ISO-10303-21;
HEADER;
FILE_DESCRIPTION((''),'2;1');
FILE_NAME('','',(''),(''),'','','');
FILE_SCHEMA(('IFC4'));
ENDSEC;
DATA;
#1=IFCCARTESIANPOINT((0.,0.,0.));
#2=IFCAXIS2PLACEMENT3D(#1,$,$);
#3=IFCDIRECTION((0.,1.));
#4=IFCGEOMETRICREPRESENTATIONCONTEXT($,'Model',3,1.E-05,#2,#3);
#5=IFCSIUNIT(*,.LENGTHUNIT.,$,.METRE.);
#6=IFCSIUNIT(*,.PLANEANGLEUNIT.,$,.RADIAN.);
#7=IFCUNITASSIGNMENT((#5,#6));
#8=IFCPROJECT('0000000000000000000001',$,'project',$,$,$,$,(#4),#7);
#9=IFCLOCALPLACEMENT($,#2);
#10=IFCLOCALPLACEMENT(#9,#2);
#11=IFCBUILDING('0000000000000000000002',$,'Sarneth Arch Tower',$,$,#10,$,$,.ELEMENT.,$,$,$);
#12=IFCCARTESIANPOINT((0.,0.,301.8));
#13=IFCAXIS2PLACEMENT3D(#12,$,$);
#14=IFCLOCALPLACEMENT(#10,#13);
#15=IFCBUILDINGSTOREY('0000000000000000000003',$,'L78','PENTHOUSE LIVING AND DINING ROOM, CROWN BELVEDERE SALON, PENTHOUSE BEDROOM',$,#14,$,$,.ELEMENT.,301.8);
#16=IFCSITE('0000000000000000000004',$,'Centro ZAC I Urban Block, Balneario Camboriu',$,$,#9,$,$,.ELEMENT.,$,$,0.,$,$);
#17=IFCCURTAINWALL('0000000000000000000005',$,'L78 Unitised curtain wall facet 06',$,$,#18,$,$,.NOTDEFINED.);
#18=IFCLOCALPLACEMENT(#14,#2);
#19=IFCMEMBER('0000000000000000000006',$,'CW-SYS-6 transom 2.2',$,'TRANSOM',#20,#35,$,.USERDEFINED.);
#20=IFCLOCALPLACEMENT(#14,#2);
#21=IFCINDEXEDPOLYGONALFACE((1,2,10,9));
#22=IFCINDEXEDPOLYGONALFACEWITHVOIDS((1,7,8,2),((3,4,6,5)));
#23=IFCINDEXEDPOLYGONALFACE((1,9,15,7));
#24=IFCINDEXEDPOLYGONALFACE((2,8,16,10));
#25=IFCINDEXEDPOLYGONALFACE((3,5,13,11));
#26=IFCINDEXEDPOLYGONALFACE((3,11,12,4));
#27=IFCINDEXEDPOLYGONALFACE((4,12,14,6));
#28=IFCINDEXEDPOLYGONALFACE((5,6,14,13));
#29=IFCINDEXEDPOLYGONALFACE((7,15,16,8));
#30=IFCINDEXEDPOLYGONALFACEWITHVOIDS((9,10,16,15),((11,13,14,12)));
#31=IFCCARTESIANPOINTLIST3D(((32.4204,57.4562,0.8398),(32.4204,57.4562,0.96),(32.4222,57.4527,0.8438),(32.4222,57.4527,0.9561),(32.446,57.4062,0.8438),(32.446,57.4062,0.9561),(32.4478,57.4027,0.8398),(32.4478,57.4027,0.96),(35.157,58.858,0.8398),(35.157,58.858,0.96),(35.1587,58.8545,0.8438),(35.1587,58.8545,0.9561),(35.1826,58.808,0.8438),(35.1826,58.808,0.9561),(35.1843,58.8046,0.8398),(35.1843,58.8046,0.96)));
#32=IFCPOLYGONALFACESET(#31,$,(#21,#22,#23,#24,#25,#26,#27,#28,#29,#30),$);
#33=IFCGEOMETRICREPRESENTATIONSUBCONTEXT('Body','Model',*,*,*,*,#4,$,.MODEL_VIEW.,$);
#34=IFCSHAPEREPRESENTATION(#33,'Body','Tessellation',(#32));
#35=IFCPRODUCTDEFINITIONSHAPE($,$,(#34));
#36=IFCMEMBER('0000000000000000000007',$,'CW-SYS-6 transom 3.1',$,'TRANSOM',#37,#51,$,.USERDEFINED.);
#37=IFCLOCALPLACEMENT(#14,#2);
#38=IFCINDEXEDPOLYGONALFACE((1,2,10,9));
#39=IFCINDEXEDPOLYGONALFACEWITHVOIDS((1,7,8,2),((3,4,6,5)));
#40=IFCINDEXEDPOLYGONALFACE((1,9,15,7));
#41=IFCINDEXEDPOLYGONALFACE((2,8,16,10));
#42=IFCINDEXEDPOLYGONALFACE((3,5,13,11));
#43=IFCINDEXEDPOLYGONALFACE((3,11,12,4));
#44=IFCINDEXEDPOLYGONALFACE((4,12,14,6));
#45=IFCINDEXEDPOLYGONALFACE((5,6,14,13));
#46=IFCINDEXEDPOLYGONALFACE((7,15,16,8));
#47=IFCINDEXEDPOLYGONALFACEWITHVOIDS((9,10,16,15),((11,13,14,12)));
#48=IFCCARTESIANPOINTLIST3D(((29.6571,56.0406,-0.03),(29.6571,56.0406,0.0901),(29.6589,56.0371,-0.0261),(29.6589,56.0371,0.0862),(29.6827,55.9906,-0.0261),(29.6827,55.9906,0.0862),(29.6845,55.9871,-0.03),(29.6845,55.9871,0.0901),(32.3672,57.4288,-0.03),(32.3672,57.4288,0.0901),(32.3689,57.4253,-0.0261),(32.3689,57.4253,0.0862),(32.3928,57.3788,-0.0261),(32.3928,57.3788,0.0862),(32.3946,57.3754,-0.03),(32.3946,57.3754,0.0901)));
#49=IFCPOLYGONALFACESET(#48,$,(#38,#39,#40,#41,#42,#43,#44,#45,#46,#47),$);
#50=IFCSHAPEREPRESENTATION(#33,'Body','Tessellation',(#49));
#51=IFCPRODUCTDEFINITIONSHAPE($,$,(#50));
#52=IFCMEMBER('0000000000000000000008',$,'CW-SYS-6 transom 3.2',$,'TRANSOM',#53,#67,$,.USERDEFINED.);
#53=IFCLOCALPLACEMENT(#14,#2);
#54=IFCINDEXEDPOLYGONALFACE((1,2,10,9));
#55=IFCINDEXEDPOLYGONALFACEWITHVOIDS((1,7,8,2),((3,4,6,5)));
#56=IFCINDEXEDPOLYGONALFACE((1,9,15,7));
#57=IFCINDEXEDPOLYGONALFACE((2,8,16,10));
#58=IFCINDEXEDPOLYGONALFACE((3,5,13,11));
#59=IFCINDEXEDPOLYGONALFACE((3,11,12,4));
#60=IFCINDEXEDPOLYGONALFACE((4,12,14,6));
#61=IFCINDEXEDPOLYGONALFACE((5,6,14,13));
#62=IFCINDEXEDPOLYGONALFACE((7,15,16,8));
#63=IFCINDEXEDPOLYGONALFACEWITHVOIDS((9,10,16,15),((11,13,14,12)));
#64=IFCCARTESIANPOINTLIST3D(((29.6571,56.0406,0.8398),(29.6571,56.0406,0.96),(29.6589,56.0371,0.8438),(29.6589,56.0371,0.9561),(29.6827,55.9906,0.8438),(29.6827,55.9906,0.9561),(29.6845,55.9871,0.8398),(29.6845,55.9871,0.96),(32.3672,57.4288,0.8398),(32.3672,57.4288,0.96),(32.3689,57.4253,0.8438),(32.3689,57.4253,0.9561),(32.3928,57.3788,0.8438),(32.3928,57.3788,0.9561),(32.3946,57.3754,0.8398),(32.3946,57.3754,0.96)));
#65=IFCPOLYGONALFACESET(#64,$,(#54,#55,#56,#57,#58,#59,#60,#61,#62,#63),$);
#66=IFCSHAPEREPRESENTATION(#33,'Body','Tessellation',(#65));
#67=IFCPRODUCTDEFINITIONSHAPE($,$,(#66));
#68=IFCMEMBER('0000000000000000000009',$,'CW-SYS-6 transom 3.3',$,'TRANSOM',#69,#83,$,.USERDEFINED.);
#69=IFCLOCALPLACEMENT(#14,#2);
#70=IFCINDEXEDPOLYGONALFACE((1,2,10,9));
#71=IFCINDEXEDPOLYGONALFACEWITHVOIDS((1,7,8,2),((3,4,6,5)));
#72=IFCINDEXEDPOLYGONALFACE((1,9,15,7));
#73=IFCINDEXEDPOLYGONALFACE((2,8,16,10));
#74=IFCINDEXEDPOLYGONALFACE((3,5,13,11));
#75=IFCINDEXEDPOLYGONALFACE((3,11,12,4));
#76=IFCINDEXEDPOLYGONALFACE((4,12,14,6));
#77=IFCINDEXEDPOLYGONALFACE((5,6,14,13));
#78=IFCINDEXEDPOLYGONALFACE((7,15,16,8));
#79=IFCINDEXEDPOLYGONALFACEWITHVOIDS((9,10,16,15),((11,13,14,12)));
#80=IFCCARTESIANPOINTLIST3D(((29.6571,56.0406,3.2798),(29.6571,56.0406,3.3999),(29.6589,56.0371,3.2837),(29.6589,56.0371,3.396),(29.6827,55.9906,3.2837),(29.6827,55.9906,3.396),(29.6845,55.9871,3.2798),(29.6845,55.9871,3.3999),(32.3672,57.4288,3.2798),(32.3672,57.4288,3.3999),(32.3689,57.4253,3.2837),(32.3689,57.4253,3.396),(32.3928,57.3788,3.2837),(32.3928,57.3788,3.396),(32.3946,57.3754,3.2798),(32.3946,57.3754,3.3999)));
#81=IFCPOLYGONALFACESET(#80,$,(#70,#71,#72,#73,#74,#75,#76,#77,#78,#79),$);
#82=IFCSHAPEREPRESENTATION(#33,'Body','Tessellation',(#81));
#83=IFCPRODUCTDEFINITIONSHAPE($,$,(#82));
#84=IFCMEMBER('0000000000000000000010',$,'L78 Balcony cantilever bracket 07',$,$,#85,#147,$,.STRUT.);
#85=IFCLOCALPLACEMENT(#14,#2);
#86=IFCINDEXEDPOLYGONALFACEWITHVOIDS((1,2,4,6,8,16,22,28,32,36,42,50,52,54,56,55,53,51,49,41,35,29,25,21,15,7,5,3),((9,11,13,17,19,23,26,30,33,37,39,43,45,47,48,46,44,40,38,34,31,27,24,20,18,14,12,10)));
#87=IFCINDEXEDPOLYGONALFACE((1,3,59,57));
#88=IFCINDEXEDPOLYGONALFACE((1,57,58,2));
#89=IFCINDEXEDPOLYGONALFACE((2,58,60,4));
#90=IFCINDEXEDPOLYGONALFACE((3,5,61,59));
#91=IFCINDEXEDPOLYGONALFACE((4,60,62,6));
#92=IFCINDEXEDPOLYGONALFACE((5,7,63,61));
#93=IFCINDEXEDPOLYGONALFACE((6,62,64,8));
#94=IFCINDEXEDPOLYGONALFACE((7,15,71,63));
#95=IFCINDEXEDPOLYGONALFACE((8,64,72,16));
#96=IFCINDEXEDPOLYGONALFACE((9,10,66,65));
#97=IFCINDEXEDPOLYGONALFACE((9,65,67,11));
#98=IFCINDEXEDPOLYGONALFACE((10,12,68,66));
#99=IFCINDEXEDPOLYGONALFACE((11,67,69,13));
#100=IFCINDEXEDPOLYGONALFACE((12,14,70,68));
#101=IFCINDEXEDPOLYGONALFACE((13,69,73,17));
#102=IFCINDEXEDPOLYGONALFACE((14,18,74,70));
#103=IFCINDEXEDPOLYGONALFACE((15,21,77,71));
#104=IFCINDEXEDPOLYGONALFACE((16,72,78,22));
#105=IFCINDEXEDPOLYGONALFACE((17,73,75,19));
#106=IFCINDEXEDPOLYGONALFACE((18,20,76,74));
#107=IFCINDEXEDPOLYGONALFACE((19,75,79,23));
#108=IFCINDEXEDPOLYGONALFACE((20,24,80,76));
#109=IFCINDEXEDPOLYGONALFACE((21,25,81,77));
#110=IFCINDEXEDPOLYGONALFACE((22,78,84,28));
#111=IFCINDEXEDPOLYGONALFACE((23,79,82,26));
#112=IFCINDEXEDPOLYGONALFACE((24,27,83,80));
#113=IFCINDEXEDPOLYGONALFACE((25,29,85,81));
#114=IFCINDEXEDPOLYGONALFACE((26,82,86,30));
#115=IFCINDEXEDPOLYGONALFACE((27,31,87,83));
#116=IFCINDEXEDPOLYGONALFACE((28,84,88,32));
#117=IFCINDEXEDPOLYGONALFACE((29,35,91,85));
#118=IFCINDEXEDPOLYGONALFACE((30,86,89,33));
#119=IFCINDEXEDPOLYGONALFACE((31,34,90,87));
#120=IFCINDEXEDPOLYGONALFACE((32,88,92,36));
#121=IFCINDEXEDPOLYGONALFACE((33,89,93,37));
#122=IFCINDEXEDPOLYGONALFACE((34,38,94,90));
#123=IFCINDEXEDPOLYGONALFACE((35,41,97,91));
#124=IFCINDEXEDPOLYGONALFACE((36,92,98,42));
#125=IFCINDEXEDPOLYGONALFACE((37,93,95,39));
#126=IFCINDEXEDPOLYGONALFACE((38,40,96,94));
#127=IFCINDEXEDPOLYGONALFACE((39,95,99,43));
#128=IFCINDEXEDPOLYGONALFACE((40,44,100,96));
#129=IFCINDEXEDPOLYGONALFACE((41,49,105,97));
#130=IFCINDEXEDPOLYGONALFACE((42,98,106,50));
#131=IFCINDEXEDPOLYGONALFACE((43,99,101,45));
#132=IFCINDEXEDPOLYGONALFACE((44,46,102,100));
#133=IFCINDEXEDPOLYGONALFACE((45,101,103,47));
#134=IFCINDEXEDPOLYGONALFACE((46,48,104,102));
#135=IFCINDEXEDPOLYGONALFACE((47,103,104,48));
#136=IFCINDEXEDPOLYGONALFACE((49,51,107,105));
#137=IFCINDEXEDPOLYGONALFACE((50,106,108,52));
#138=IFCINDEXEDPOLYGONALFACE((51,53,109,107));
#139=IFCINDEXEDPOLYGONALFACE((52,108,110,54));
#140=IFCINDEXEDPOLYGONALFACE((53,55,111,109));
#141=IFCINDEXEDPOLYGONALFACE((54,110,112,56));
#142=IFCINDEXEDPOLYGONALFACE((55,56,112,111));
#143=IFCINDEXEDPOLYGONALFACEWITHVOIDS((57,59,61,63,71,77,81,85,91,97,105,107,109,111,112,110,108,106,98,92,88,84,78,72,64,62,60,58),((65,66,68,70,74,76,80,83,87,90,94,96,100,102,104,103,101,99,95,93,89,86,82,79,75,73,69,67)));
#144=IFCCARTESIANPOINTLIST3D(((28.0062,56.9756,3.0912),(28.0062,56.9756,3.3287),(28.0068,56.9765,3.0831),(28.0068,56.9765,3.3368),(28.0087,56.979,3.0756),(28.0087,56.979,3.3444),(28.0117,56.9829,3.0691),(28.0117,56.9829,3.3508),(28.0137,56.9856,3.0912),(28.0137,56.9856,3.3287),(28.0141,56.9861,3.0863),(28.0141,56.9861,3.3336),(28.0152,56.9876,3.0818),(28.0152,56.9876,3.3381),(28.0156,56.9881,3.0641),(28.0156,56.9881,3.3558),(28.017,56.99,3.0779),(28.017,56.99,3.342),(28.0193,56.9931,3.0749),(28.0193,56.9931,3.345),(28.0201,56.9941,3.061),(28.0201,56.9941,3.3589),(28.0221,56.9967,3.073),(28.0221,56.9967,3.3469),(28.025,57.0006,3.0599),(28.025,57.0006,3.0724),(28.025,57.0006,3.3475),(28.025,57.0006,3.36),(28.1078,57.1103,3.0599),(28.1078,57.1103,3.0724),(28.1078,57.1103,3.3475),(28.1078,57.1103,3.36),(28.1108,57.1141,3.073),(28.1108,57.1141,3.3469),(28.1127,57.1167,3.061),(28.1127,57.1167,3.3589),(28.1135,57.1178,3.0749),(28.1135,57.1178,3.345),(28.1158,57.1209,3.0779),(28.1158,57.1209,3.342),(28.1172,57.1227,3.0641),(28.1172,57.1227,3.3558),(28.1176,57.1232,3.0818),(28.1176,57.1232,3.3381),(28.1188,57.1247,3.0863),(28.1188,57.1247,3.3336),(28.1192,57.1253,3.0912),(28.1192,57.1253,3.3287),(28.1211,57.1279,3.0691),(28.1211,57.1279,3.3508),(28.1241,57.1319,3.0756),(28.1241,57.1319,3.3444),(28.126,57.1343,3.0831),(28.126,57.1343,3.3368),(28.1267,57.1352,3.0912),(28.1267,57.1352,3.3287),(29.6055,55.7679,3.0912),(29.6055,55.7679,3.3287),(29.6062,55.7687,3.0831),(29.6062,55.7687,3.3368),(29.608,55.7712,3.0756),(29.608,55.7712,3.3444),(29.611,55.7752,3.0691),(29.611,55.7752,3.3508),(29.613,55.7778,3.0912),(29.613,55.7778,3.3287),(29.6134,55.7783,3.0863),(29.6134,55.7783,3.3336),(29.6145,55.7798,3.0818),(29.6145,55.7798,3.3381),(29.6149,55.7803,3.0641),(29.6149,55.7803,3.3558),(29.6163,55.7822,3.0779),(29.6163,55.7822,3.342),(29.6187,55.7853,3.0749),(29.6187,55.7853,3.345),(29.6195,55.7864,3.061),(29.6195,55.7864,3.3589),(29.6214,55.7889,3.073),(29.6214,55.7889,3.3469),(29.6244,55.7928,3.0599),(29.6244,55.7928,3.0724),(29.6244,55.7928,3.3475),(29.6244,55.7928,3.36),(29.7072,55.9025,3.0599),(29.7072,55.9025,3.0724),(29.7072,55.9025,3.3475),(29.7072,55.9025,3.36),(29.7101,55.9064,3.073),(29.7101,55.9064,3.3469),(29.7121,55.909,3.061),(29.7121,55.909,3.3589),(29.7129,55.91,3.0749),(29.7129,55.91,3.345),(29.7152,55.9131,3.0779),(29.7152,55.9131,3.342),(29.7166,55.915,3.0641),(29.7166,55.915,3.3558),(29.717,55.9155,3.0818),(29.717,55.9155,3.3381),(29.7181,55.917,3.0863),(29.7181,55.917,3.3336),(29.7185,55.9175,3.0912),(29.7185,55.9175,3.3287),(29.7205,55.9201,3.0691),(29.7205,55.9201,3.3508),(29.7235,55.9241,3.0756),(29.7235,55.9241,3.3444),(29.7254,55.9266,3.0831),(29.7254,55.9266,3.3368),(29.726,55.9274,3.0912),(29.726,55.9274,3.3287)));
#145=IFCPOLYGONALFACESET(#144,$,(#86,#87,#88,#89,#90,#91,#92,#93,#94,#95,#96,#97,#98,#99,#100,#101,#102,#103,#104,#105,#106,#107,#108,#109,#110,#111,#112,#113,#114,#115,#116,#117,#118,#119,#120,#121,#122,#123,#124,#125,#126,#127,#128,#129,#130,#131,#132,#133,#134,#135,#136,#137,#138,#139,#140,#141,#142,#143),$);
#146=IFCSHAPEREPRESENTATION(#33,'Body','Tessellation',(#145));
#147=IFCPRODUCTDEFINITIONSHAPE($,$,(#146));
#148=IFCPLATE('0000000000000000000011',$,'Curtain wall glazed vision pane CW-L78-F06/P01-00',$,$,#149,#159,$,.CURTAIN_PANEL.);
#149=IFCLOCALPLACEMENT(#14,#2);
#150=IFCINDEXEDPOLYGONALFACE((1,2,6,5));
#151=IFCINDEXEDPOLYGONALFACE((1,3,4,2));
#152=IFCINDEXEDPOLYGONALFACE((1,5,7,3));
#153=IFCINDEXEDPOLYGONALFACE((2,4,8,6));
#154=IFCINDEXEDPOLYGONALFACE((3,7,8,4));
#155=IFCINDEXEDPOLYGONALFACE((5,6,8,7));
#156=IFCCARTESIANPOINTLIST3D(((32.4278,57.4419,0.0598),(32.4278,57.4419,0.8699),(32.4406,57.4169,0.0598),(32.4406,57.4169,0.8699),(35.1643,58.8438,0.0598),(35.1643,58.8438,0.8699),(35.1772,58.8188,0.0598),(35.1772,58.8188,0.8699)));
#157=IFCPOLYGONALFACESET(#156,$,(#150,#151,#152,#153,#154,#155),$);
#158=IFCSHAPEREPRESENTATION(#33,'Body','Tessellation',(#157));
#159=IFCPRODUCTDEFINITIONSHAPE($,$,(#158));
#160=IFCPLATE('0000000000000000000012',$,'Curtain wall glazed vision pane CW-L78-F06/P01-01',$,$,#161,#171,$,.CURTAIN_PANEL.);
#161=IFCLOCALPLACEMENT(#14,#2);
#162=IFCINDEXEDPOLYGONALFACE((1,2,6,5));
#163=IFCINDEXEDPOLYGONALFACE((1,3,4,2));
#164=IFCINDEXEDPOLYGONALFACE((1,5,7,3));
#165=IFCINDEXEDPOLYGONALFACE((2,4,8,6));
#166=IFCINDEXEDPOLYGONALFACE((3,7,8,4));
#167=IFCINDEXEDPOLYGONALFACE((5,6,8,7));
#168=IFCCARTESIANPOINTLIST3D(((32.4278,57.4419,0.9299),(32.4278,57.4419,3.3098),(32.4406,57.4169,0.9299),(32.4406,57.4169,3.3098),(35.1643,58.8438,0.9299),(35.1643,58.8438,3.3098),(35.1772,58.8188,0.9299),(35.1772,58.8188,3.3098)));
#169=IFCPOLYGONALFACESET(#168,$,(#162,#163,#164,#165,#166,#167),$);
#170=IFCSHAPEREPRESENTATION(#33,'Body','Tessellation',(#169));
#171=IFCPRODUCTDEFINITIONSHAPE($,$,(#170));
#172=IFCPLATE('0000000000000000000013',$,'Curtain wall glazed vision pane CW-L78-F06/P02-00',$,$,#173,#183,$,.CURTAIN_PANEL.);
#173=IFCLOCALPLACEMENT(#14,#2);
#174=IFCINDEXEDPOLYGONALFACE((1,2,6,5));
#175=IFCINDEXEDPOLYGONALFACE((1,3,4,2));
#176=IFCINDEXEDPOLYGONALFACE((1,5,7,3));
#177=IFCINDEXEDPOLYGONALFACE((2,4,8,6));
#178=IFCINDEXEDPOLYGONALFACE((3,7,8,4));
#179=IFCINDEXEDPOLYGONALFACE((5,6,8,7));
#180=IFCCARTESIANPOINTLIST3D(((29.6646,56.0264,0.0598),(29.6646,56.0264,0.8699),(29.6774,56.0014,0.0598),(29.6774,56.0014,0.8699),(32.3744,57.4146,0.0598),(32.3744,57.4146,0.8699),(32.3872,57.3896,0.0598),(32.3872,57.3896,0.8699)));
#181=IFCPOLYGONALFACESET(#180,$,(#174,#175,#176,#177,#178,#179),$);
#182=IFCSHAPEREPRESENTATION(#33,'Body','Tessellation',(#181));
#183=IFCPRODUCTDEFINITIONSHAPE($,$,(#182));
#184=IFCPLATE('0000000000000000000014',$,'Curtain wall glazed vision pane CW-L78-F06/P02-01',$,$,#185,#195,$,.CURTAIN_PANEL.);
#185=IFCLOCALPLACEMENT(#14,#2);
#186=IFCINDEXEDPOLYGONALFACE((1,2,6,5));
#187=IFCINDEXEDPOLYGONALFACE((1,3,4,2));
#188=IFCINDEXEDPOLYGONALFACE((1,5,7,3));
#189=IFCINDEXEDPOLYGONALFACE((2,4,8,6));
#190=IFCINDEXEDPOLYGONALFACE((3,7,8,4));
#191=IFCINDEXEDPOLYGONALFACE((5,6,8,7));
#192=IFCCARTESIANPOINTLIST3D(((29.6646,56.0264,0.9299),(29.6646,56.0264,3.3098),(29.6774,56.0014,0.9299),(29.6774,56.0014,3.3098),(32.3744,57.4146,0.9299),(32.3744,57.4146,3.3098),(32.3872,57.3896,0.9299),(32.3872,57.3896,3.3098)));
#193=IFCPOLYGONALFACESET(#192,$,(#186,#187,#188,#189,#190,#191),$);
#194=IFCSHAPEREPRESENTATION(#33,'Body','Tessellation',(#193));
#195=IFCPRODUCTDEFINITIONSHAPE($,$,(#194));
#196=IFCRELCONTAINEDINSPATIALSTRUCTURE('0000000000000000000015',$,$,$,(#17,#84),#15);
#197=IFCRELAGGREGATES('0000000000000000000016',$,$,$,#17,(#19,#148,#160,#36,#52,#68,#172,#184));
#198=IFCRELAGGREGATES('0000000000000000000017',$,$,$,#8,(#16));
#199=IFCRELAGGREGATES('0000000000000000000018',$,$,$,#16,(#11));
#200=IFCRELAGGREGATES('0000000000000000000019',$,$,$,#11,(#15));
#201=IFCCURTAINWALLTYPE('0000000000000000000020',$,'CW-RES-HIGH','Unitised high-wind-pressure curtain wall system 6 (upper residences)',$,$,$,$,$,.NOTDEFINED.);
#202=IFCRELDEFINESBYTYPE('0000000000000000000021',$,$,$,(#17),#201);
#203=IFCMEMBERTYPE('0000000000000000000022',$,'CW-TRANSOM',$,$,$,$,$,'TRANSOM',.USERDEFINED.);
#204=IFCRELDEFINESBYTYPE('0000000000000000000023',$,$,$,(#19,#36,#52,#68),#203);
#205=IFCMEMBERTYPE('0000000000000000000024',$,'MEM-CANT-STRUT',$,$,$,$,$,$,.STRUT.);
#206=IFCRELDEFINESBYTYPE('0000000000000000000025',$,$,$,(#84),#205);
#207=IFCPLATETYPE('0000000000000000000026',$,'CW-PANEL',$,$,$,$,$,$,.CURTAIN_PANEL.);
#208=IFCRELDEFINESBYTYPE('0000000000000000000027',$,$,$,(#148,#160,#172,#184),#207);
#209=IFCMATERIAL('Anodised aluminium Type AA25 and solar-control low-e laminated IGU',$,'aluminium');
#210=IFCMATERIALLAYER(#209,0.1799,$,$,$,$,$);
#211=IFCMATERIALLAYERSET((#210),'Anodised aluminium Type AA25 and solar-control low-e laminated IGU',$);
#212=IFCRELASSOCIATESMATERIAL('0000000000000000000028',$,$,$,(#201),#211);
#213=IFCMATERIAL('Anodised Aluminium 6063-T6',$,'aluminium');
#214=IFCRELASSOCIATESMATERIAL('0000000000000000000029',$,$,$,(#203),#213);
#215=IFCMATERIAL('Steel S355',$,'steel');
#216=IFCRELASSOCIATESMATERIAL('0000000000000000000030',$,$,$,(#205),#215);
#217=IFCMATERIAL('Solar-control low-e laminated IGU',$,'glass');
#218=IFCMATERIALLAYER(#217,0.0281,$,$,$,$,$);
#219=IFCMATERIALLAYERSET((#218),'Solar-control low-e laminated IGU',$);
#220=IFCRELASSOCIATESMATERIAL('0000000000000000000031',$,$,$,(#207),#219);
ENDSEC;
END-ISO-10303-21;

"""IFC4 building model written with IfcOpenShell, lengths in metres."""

from ifc_helpers import new_model, si_unit, direction, frame, origin, origin_2d, place, context, subcontext, project, spatial, rectangle, hollow_rectangle, extrude, material, layer, layer_set, material_profile, profile_set, type_object, element, aggregate, save


model = new_model("IFC4")

# Units and contexts
model_context = context("Model", 3, precision=1e-05, world=origin(), true_north=direction((0.0, 1.0)))
body_context = subcontext(model_context, "Body", "Model", "MODEL_VIEW")
ifc_project = project(units=[si_unit("LENGTHUNIT", "METRE"), si_unit("PLANEANGLEUNIT", "RADIAN")], contexts=[model_context])

# Site, building, storey
site_placement = place(None, origin())
site = spatial("IfcSite", under=ifc_project, at=site_placement, Name="Centro ZAC I Urban Block, Balneario Camboriu", CompositionType="ELEMENT", RefElevation=0.0)
building_placement = place(site_placement, origin())
building = spatial("IfcBuilding", under=site, at=building_placement, Name="Sarneth Arch Tower", CompositionType="ELEMENT")
storey_placement = place(building_placement, frame((0.0, 0.0, 301.8)))
storey = spatial("IfcBuildingStorey", under=building, at=storey_placement, Name="L78", Description="PENTHOUSE LIVING AND DINING ROOM, CROWN BELVEDERE SALON, PENTHOUSE BEDROOM", CompositionType="ELEMENT", Elevation=301.8)

# Curtain wall, members
ifc_material_1 = material(Name="Anodised aluminium Type AA25 and solar-control low-e laminated IGU", Category="aluminium")
ifc_layer_1 = layer(ifc_material_1, 0.1799)
ifc_layer_set_1 = layer_set([ifc_layer_1], Name="Anodised aluminium Type AA25 and solar-control low-e laminated IGU")
curtain_wall_type = type_object("IfcCurtainWallType", Name="CW-RES-HIGH", Description="Unitised high-wind-pressure curtain wall system 6 (upper residences)", PredefinedType="NOTDEFINED", material=ifc_layer_set_1)
curtain_wall_placement = place(storey_placement, origin())
curtain_wall = element("IfcCurtainWall", 1, at=curtain_wall_placement, inside=storey, type_object=curtain_wall_type, Name="L78 Unitised curtain wall facet 06", PredefinedType="NOTDEFINED")
ifc_material_2 = material(Name="Anodised Aluminium 6063-T6", Category="aluminium")
ifc_material_profile_1 = material_profile(ifc_material_2, hollow_rectangle(XDim=0.0601, YDim=0.1201, WallThickness=0.0039, at=origin_2d()), Name="AL-TRAN-120x60x4")
ifc_profile_set_1 = profile_set([ifc_material_profile_1], Name="Anodised Aluminium 6063-T6")
member_type_1 = type_object("IfcMemberType", Name="CW-TRANSOM", ElementType="TRANSOM", PredefinedType="USERDEFINED", material=ifc_profile_set_1)
member_1_placement = place(storey_placement, frame((35.1707, 58.8313, 0.8999), z_axis=(-0.890017, -0.455926, 0.0), x_axis=(0.455926, -0.890017, 0.0)))
member_1 = element("IfcMember", 2, at=member_1_placement, type_object=member_type_1, Name="CW-SYS-6 transom 2.2", ObjectType="TRANSOM", PredefinedType="USERDEFINED", context=body_context, shape_type="SweptSolid", body=[
    extrude(hollow_rectangle(XDim=0.0601, YDim=0.1201, WallThickness=0.0039, at=origin_2d()), origin(), (0.0, 0.0, 1.0), 3.0747),
])
member_2_placement = place(storey_placement, frame((32.3809, 57.4021, 0.03), z_axis=(-0.890023, -0.455916, 0.0), x_axis=(0.455916, -0.890023, 0.0)))
member_2 = element("IfcMember", 3, at=member_2_placement, type_object=member_type_1, Name="CW-SYS-6 transom 3.1", ObjectType="TRANSOM", PredefinedType="USERDEFINED", context=body_context, shape_type="SweptSolid", body=[
    extrude(hollow_rectangle(XDim=0.0601, YDim=0.1201, WallThickness=0.0039, at=origin_2d()), origin(), (0.0, 0.0, 1.0), 3.0449),
])
member_3_placement = place(storey_placement, frame((32.3809, 57.4021, 0.8999), z_axis=(-0.890023, -0.455916, 0.0), x_axis=(0.455916, -0.890023, 0.0)))
member_3 = element("IfcMember", 4, at=member_3_placement, type_object=member_type_1, Name="CW-SYS-6 transom 3.2", ObjectType="TRANSOM", PredefinedType="USERDEFINED", context=body_context, shape_type="SweptSolid", body=[
    extrude(hollow_rectangle(XDim=0.0601, YDim=0.1201, WallThickness=0.0039, at=origin_2d()), origin(), (0.0, 0.0, 1.0), 3.0449),
])
member_4_placement = place(storey_placement, frame((32.3809, 57.4021, 3.3398), z_axis=(-0.890023, -0.455916, 0.0), x_axis=(0.455916, -0.890023, 0.0)))
member_4 = element("IfcMember", 5, at=member_4_placement, type_object=member_type_1, Name="CW-SYS-6 transom 3.3", ObjectType="TRANSOM", PredefinedType="USERDEFINED", context=body_context, shape_type="SweptSolid", body=[
    extrude(hollow_rectangle(XDim=0.0601, YDim=0.1201, WallThickness=0.0039, at=origin_2d()), origin(), (0.0, 0.0, 1.0), 3.0449),
])

# Member
ifc_material_3 = material(Name="Steel S355", Category="steel")
ifc_material_profile_2 = material_profile(ifc_material_3, hollow_rectangle(XDim=0.2, YDim=0.3, WallThickness=0.0125, InnerFilletRadius=0.0188, OuterFilletRadius=0.0312, at=origin_2d()), Name="RHS300x200x12.5")
ifc_profile_set_2 = profile_set([ifc_material_profile_2], Name="Steel S355")
member_type_2 = type_object("IfcMemberType", Name="MEM-CANT-STRUT", PredefinedType="STRUT", material=ifc_profile_set_2)
member_5_placement = place(storey_placement, frame((29.6658, 55.8477, 3.21), z_axis=(-0.798022, 0.602628, 0.0), x_axis=(-0.602628, -0.798022, 0.0)))
element("IfcMember", 6, at=member_5_placement, inside=storey, type_object=member_type_2, Name="L78 Balcony cantilever bracket 07", PredefinedType="STRUT", context=body_context, shape_type="SweptSolid", body=[
    extrude(hollow_rectangle(XDim=0.2, YDim=0.3, WallThickness=0.0125, InnerFilletRadius=0.0188, OuterFilletRadius=0.0312, at=origin_2d()), origin(), (0.0, 0.0, 1.0), 2.0042),
])

# Plates
ifc_material_4 = material(Name="Solar-control low-e laminated IGU", Category="glass")
ifc_layer_2 = layer(ifc_material_4, 0.0281)
ifc_layer_set_2 = layer_set([ifc_layer_2], Name="Solar-control low-e laminated IGU")
plate_type_1 = type_object("IfcPlateType", Name="CW-PANEL", PredefinedType="CURTAIN_PANEL", material=ifc_layer_set_2)
plate_1_placement = place(storey_placement, frame((33.8025, 58.1304, 0.0598), z_axis=(0.0, 0.0, 1.0), x_axis=(-0.89001, -0.455942, 0.0)))
plate_1 = element("IfcPlate", 7, at=plate_1_placement, type_object=plate_type_1, Name="Curtain wall glazed vision pane CW-L78-F06/P01-00", PredefinedType="CURTAIN_PANEL", context=body_context, shape_type="SweptSolid", body=[
    extrude(rectangle(XDim=3.0747, YDim=0.0281, at=origin_2d()), origin(), (0.0, 0.0, 1.0), 0.8101),
])
plate_2_placement = place(storey_placement, frame((33.8025, 58.1304, 0.9299), z_axis=(0.0, 0.0, 1.0), x_axis=(-0.89001, -0.455942, 0.0)))
plate_2 = element("IfcPlate", 8, at=plate_2_placement, type_object=plate_type_1, Name="Curtain wall glazed vision pane CW-L78-F06/P01-01", PredefinedType="CURTAIN_PANEL", context=body_context, shape_type="SweptSolid", body=[
    extrude(rectangle(XDim=3.0747, YDim=0.0281, at=origin_2d()), origin(), (0.0, 0.0, 1.0), 2.3799),
])
plate_3_placement = place(storey_placement, frame((31.0259, 56.708, 0.0598), z_axis=(0.0, 0.0, 1.0), x_axis=(-0.89001, -0.455942, 0.0)))
plate_3 = element("IfcPlate", 9, at=plate_3_placement, type_object=plate_type_1, Name="Curtain wall glazed vision pane CW-L78-F06/P02-00", PredefinedType="CURTAIN_PANEL", context=body_context, shape_type="SweptSolid", body=[
    extrude(rectangle(XDim=3.0447, YDim=0.0281, at=origin_2d()), origin(), (0.0, 0.0, 1.0), 0.8101),
])
plate_4_placement = place(storey_placement, frame((31.0259, 56.708, 0.9299), z_axis=(0.0, 0.0, 1.0), x_axis=(-0.89001, -0.455942, 0.0)))
plate_4 = element("IfcPlate", 10, at=plate_4_placement, type_object=plate_type_1, Name="Curtain wall glazed vision pane CW-L78-F06/P02-01", PredefinedType="CURTAIN_PANEL", context=body_context, shape_type="SweptSolid", body=[
    extrude(rectangle(XDim=3.0447, YDim=0.0281, at=origin_2d()), origin(), (0.0, 0.0, 1.0), 2.3799),
])
aggregate(curtain_wall, [member_1, plate_1, plate_2, member_2, member_3, member_4, plate_3, plate_4])

save(model, "model.ifc")
